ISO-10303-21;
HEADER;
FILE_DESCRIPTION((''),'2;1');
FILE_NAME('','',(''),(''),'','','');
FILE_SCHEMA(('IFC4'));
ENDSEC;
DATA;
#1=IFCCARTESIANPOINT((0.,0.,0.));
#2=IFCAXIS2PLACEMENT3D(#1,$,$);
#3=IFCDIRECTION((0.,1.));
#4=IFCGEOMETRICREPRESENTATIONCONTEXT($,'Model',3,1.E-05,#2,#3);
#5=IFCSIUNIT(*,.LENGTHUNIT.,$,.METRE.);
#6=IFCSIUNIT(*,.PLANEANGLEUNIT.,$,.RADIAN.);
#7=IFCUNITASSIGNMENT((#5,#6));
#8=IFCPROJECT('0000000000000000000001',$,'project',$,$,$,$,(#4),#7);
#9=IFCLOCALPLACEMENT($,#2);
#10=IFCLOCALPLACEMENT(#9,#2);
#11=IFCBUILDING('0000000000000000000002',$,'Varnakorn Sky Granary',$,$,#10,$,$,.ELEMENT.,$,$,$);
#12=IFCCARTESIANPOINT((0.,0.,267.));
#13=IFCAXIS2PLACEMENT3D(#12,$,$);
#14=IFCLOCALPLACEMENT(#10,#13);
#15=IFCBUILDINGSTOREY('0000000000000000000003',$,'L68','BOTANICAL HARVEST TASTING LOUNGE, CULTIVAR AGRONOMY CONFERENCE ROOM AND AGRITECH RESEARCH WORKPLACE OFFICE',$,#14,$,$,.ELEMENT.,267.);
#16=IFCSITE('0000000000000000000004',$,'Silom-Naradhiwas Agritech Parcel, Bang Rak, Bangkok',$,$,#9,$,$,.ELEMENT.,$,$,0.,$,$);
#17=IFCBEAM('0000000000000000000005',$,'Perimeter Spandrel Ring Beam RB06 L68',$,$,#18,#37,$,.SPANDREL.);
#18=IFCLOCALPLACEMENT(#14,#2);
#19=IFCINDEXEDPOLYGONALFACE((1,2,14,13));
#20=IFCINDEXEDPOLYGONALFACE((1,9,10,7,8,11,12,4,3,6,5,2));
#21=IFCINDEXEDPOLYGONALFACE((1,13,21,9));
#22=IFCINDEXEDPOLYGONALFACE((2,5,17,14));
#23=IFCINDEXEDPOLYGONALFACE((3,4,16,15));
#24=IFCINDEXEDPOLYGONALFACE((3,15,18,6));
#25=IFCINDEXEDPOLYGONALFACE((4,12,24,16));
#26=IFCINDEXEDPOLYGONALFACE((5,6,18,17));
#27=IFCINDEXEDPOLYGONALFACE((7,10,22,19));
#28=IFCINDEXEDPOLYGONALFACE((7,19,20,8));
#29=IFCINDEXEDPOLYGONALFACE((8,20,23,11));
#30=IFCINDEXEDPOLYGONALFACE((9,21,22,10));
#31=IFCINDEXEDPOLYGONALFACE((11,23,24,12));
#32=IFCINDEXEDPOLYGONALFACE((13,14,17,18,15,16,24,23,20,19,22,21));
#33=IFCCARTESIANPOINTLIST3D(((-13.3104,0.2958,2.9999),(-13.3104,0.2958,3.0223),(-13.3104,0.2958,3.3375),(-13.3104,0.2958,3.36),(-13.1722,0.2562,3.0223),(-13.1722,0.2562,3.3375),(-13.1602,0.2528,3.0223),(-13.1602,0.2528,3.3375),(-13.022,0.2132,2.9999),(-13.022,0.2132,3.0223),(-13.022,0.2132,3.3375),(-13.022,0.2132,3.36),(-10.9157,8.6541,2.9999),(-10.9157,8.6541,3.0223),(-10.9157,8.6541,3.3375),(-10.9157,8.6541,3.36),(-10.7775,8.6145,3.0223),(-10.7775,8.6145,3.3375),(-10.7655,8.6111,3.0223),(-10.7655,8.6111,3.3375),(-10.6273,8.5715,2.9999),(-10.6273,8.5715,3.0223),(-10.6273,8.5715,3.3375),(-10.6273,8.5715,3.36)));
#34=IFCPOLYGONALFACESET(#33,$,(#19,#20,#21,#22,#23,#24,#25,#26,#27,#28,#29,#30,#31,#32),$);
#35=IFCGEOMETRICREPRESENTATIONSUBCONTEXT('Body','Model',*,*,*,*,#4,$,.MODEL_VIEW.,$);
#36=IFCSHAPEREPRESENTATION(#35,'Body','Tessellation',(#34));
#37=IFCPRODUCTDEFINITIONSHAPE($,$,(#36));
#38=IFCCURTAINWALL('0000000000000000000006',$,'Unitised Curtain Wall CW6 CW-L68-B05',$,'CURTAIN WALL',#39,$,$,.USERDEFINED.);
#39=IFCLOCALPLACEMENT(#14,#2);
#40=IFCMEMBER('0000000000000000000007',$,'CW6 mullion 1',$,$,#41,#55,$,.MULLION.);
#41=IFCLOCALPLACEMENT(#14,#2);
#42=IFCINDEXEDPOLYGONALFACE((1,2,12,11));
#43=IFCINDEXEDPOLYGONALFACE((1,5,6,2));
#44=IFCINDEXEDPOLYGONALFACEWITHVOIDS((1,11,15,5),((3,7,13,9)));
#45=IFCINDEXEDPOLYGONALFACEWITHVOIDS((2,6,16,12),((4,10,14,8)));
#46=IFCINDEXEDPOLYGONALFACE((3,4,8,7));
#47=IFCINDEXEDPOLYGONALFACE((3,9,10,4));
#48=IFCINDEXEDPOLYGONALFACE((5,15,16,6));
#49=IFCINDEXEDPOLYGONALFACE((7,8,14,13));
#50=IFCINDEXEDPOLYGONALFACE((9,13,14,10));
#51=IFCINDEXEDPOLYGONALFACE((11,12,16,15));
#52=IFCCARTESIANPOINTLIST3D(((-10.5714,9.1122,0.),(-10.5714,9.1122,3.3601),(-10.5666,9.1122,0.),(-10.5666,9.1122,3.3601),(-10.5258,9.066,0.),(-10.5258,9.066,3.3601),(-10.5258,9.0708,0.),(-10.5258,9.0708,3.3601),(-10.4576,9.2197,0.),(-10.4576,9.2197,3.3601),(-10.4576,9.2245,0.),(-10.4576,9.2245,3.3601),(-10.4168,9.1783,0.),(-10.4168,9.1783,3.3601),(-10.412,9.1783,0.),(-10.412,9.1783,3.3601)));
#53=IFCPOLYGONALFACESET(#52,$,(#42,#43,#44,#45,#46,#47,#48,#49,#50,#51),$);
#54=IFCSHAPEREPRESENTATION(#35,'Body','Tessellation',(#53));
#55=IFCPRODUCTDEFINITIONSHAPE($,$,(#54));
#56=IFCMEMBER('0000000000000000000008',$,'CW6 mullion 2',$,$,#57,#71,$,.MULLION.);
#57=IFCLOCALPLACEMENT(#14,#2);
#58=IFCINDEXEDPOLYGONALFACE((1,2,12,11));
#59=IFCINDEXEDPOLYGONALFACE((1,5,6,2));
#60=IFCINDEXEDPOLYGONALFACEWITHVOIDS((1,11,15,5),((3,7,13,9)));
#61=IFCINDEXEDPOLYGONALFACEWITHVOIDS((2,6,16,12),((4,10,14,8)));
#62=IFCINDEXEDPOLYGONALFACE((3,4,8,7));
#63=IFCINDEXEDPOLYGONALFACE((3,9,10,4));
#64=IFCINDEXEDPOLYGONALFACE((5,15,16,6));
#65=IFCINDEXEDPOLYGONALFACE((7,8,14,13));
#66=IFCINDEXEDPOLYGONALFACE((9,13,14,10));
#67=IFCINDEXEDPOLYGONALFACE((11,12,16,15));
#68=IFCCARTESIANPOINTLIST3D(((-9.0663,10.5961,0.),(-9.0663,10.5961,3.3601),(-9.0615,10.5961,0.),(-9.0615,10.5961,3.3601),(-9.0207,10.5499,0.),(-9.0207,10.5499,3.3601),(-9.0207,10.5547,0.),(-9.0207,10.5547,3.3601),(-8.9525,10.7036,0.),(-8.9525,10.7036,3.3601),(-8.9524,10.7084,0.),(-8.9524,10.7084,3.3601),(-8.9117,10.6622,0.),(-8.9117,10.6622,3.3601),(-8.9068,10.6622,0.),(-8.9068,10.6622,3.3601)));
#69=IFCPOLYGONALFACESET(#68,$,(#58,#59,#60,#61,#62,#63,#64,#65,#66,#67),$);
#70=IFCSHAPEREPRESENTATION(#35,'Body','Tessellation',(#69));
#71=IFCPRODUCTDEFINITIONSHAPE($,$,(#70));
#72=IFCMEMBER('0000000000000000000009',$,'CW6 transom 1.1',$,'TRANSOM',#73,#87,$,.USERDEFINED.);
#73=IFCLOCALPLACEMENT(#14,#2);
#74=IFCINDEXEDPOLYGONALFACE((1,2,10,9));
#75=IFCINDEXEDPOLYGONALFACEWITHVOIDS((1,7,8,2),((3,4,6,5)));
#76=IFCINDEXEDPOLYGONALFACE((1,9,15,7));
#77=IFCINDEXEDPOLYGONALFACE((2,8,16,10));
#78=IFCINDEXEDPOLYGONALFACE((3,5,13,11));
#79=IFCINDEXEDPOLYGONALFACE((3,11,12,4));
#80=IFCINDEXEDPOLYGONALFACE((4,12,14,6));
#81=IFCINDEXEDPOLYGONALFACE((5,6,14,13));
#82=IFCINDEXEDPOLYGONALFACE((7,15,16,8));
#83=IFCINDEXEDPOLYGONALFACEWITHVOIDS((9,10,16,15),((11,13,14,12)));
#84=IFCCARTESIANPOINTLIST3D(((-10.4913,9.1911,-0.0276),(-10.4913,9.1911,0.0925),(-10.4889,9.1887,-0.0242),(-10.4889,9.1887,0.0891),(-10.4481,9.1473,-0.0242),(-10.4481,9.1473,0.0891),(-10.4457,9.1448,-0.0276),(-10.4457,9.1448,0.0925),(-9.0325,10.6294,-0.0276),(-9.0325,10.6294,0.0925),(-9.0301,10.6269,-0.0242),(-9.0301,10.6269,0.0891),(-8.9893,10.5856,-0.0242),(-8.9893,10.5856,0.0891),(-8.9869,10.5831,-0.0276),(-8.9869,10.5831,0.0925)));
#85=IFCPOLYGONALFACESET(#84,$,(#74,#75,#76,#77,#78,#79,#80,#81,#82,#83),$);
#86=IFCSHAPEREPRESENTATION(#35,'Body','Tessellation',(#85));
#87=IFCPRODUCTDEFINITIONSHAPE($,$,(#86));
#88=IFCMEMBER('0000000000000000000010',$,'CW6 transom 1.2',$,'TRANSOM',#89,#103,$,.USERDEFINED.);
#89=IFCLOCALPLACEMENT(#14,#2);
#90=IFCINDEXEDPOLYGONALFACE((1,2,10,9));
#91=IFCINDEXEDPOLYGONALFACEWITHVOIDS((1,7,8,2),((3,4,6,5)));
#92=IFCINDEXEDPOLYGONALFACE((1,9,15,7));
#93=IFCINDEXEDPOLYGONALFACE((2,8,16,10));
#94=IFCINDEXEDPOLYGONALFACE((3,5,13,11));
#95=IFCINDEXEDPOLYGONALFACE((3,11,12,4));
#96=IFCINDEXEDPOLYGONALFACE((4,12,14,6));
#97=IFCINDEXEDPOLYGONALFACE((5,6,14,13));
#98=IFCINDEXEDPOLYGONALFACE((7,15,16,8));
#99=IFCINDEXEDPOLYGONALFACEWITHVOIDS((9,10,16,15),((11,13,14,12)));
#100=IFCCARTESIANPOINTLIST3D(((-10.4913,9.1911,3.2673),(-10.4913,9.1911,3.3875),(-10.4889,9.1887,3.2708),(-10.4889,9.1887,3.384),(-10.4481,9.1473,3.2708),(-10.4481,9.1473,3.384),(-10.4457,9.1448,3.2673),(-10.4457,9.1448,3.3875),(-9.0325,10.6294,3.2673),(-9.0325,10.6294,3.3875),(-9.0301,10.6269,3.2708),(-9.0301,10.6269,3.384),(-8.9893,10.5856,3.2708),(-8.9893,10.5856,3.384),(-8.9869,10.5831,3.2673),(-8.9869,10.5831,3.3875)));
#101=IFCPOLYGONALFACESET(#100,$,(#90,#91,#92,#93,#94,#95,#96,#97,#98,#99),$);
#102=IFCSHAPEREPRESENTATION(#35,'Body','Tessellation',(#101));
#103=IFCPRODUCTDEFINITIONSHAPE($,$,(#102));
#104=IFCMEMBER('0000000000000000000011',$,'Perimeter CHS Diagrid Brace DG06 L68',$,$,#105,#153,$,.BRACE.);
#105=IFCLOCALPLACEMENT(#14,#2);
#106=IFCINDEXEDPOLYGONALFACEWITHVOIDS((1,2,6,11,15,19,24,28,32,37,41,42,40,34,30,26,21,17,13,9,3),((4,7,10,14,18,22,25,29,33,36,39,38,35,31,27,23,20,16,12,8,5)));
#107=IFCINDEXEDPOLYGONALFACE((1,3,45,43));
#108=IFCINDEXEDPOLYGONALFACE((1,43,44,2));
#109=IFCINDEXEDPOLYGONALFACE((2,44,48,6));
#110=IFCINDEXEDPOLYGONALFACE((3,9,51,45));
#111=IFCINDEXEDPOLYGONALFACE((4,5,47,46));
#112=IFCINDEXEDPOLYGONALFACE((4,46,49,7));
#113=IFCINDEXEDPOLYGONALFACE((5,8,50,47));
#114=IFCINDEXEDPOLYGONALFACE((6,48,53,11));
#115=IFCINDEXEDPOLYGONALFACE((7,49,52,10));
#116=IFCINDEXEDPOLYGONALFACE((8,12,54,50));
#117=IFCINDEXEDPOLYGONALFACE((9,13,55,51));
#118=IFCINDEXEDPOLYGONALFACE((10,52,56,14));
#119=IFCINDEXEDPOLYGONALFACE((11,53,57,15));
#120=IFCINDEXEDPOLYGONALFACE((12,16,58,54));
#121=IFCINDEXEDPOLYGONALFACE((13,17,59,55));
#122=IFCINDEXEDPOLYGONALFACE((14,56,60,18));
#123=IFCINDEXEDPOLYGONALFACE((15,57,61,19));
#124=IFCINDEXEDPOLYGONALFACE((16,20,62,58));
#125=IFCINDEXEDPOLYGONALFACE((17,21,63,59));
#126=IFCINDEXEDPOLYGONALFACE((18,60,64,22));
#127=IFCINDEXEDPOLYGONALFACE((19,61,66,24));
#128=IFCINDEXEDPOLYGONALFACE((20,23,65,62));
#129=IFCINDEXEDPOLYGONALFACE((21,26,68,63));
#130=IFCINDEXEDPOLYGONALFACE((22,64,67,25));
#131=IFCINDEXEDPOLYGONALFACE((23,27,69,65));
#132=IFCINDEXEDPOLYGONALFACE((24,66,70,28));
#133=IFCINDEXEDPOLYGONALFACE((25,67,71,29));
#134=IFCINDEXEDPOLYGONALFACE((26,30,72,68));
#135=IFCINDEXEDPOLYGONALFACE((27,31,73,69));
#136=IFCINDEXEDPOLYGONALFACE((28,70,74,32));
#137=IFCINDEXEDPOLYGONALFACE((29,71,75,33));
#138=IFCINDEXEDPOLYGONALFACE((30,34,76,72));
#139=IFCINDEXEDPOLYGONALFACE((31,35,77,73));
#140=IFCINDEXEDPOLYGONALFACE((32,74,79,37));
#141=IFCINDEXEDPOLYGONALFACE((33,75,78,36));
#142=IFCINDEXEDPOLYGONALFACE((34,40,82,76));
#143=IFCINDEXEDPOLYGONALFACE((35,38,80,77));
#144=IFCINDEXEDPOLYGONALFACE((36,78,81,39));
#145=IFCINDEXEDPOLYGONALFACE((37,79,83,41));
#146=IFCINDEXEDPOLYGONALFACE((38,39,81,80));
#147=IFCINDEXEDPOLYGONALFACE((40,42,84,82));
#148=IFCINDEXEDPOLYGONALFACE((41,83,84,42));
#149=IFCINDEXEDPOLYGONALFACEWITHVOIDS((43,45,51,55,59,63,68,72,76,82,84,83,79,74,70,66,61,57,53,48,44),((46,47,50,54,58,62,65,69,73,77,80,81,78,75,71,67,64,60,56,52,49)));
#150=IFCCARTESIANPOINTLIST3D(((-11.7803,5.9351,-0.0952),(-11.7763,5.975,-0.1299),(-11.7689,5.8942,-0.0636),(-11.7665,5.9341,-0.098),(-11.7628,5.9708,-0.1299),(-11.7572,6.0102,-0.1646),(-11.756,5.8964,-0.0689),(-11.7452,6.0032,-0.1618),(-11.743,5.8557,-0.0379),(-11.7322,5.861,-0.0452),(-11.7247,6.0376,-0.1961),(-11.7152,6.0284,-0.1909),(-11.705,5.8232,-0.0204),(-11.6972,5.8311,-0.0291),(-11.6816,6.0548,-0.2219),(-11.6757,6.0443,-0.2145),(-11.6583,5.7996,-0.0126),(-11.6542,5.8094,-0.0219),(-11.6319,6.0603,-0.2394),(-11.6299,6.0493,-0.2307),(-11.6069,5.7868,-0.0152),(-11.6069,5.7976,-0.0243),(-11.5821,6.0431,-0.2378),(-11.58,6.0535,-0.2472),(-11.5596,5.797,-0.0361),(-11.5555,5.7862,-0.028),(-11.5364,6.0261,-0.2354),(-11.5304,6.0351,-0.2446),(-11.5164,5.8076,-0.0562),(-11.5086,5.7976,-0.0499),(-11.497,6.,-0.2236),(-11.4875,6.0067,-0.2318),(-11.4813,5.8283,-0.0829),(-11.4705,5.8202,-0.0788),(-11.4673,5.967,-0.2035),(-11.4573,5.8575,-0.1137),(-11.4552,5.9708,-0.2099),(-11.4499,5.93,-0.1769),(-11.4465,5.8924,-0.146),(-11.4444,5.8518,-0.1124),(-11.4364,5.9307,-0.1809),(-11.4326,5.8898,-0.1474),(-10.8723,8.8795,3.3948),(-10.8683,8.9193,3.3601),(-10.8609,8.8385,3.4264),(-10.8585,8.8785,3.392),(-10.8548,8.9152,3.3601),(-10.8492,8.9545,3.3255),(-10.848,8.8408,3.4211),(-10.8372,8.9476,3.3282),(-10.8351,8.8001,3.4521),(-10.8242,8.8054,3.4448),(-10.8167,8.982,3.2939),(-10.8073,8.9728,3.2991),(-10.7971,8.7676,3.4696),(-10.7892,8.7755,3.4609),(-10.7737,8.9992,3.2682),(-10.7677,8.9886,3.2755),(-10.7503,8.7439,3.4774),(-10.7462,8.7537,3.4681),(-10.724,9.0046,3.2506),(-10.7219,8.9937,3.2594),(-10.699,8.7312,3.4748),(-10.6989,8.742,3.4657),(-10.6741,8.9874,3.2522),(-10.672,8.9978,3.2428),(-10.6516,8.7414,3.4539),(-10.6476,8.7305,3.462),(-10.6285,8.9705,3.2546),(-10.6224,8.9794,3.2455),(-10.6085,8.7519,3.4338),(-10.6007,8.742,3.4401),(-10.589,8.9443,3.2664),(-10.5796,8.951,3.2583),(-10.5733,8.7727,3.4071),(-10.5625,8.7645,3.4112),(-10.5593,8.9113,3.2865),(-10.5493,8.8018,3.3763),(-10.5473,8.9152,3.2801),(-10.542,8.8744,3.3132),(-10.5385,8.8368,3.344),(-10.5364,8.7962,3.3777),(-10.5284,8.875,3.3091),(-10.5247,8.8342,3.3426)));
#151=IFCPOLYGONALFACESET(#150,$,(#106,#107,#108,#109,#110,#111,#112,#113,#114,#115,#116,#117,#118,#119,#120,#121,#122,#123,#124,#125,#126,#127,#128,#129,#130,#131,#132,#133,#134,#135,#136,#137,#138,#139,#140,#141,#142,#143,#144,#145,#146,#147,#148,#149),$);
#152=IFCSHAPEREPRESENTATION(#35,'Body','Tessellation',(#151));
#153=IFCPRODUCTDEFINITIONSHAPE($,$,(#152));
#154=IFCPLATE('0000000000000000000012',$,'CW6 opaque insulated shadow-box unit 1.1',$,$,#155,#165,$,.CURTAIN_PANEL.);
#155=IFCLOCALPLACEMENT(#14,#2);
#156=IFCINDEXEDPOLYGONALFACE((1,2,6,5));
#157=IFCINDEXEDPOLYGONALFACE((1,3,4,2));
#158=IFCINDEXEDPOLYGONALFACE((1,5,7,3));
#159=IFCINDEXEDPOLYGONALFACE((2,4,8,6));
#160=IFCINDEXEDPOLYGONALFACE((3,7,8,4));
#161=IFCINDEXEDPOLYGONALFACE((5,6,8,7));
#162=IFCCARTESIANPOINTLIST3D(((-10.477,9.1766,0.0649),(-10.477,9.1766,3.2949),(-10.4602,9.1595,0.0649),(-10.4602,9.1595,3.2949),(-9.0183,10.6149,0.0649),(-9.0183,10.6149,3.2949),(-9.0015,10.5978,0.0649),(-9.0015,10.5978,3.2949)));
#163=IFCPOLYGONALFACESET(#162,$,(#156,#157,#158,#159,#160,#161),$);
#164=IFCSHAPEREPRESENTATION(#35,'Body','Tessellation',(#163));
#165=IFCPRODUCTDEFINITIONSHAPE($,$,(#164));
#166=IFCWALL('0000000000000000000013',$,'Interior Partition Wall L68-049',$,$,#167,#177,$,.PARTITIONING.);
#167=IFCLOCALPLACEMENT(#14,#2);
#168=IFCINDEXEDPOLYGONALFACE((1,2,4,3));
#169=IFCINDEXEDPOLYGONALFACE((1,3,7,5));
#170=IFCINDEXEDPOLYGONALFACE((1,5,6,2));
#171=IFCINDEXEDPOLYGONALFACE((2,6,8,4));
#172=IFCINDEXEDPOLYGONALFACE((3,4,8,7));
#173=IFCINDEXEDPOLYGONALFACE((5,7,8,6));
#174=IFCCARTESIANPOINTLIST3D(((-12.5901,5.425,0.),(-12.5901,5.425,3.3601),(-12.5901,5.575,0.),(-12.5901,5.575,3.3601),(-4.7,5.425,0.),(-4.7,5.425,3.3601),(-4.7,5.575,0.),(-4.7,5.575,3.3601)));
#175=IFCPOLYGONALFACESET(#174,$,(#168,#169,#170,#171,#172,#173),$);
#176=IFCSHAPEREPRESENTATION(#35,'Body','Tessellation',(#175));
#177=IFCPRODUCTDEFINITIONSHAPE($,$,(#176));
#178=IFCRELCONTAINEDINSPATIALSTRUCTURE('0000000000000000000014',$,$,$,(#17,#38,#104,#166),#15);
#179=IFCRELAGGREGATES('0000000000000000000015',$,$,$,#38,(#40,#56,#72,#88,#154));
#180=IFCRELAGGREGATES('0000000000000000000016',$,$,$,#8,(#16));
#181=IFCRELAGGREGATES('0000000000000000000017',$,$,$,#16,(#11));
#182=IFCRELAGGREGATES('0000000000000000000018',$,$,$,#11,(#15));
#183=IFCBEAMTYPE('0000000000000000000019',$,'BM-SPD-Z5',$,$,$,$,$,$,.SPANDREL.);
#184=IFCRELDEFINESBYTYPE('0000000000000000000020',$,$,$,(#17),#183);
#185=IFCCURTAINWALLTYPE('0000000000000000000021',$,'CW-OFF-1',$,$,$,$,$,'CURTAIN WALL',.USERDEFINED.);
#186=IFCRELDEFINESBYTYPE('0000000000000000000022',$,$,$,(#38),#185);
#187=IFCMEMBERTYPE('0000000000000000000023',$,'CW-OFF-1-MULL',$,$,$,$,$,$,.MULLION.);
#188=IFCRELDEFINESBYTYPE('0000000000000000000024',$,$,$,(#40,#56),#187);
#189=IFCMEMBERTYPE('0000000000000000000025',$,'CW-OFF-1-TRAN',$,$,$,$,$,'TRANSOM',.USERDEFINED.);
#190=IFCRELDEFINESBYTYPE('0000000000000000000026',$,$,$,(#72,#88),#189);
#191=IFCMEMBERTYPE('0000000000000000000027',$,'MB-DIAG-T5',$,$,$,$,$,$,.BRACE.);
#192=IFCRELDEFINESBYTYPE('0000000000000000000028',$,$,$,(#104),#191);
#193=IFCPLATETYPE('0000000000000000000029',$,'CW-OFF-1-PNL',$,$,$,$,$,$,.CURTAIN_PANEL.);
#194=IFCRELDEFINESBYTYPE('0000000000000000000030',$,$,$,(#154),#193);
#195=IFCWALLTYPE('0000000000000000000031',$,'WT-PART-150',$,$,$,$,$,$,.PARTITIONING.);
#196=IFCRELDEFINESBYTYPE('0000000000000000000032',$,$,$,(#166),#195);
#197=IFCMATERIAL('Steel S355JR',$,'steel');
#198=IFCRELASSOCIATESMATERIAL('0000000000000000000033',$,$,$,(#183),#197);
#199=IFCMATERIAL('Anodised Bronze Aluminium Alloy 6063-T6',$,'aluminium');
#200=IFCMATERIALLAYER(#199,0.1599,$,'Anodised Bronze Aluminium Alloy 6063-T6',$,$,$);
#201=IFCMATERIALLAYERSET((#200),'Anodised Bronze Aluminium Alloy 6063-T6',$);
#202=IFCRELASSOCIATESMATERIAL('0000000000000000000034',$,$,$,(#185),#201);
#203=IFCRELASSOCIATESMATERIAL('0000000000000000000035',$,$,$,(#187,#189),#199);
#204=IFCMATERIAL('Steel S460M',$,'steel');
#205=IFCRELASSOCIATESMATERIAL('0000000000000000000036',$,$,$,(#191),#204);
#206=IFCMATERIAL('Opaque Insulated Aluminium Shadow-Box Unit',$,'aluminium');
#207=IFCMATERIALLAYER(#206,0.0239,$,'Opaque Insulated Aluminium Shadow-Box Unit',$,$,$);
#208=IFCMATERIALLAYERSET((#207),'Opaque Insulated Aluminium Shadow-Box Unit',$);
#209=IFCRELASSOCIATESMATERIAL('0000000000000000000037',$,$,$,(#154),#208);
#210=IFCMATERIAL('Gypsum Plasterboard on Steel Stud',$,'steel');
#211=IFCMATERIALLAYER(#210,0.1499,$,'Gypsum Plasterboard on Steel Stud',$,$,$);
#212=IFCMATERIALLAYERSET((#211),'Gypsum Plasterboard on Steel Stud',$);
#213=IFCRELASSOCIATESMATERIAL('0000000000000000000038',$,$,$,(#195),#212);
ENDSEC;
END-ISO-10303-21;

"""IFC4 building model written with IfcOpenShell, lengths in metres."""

from ifc_helpers import new_model, si_unit, direction, frame, frame_2d, origin, origin_2d, place, context, subcontext, project, spatial, rectangle, hollow_rectangle, hollow_circle, i_section, extrude, source, transform, mapped, material, layer, layer_set, material_profile, profile_set, type_object, type_shapes, element, aggregate, save


model = new_model("IFC4")

# Units and contexts
model_context = context("Model", 3, precision=1e-05, world=origin(), true_north=direction((0.0, 1.0)))
body_context = subcontext(model_context, "Body", "Model", "MODEL_VIEW")
ifc_project = project(units=[si_unit("LENGTHUNIT", "METRE"), si_unit("PLANEANGLEUNIT", "RADIAN")], contexts=[model_context])

# Site, building, storey
site_placement = place(None, origin())
site = spatial("IfcSite", under=ifc_project, at=site_placement, Name="Silom-Naradhiwas Agritech Parcel, Bang Rak, Bangkok", CompositionType="ELEMENT", RefElevation=0.0)
building_placement = place(site_placement, origin())
building = spatial("IfcBuilding", under=site, at=building_placement, Name="Varnakorn Sky Granary", CompositionType="ELEMENT")
storey_placement = place(building_placement, frame((0.0, 0.0, 267.0)))
storey = spatial("IfcBuildingStorey", under=building, at=storey_placement, Name="L68", Description="BOTANICAL HARVEST TASTING LOUNGE, CULTIVAR AGRONOMY CONFERENCE ROOM AND AGRITECH RESEARCH WORKPLACE OFFICE", CompositionType="ELEMENT", Elevation=267.0)

# Shared definitions
ifc_material_1 = material(Name="Steel S460M", Category="steel")

# Beam
ifc_material_2 = material(Name="Steel S355JR", Category="steel")
ifc_material_profile_1 = material_profile(ifc_material_2, i_section(OverallWidth=0.3, OverallDepth=0.3601, WebThickness=0.0125, FlangeThickness=0.0225, at=origin_2d()), Name="HE 360 B")
ifc_profile_set_1 = profile_set([ifc_material_profile_1], Name="Steel S355JR")
beam_type_1 = type_object("IfcBeamType", Name="BM-SPD-Z5", PredefinedType="SPANDREL", material=ifc_profile_set_1)
beam_1_placement = place(storey_placement, frame((-10.7715, 8.6128, 3.1799), z_axis=(-0.275429, -0.961321, 0.0), x_axis=(0.961321, -0.275429, 0.0)))
element("IfcBeam", 1, at=beam_1_placement, inside=storey, type_object=beam_type_1, Name="Perimeter Spandrel Ring Beam RB06 L68", PredefinedType="SPANDREL", context=body_context, shape_type="SweptSolid", body=[
    extrude(i_section(OverallWidth=0.3, OverallDepth=0.3601, WebThickness=0.0125, FlangeThickness=0.0225, at=origin_2d()), origin(), (0.0, 0.0, 1.0), 8.6946),
])

# Curtain wall, members
ifc_material_3 = material(Name="Anodised Bronze Aluminium Alloy 6063-T6", Category="aluminium")
ifc_layer_1 = layer(ifc_material_3, 0.1599, Name="Anodised Bronze Aluminium Alloy 6063-T6")
ifc_layer_set_1 = layer_set([ifc_layer_1], Name="Anodised Bronze Aluminium Alloy 6063-T6")
curtain_wall_type = type_object("IfcCurtainWallType", Name="CW-OFF-1", ElementType="CURTAIN WALL", PredefinedType="USERDEFINED", material=ifc_layer_set_1)
curtain_wall_placement = place(storey_placement, origin())
curtain_wall = element("IfcCurtainWall", 2, at=curtain_wall_placement, inside=storey, type_object=curtain_wall_type, Name="Unitised Curtain Wall CW6 CW-L68-B05", ObjectType="CURTAIN WALL", PredefinedType="USERDEFINED")
ifc_material_profile_2 = material_profile(ifc_material_3, hollow_rectangle(XDim=0.0649, YDim=0.1599, WallThickness=0.0034, at=origin_2d()), Name="ALU MULL 65x160")
ifc_profile_set_2 = profile_set([ifc_material_profile_2], Name="Anodised Bronze Aluminium Alloy 6063-T6")
member_type_1 = type_object("IfcMemberType", Name="CW-OFF-1-MULL", PredefinedType="MULLION", material=ifc_profile_set_2)
member_1_placement = place(storey_placement, frame((-10.4917, 9.1453, 0.0), z_axis=(0.0, 0.0, 1.0), x_axis=(-0.702091, 0.712087, 0.0)))
member_1 = element("IfcMember", 3, at=member_1_placement, type_object=member_type_1, Name="CW6 mullion 1", PredefinedType="MULLION", context=body_context, shape_type="SweptSolid", body=[
    extrude(hollow_rectangle(XDim=0.0649, YDim=0.1599, WallThickness=0.0034, at=origin_2d()), origin(), (0.0, 0.0, 1.0), 3.3601),
])
member_2_placement = place(storey_placement, frame((-8.9866, 10.6292, 0.0), z_axis=(0.0, 0.0, 1.0), x_axis=(-0.702091, 0.712087, 0.0)))
member_2 = element("IfcMember", 4, at=member_2_placement, type_object=member_type_1, Name="CW6 mullion 2", PredefinedType="MULLION", context=body_context, shape_type="SweptSolid", body=[
    extrude(hollow_rectangle(XDim=0.0649, YDim=0.1599, WallThickness=0.0034, at=origin_2d()), origin(), (0.0, 0.0, 1.0), 3.3601),
])
ifc_material_profile_3 = material_profile(ifc_material_3, hollow_rectangle(XDim=0.0649, YDim=0.1201, WallThickness=0.0034, at=origin_2d()), Name="ALU TRAN 65x120")
ifc_profile_set_3 = profile_set([ifc_material_profile_3], Name="Anodised Bronze Aluminium Alloy 6063-T6")
member_type_2 = type_object("IfcMemberType", Name="CW-OFF-1-TRAN", ElementType="TRANSOM", PredefinedType="USERDEFINED", material=ifc_profile_set_3)
member_3_placement = place(storey_placement, frame((-10.4685, 9.168, 0.0325), z_axis=(0.712095, 0.702084, 0.0), x_axis=(-0.702084, 0.712095, 0.0)))
member_3 = element("IfcMember", 5, at=member_3_placement, type_object=member_type_2, Name="CW6 transom 1.1", ObjectType="TRANSOM", PredefinedType="USERDEFINED", context=body_context, shape_type="SweptSolid", body=[
    extrude(hollow_rectangle(XDim=0.0649, YDim=0.1201, WallThickness=0.0034, at=origin_2d()), origin(), (0.0, 0.0, 1.0), 2.0486),
])
member_4_placement = place(storey_placement, frame((-10.4685, 9.168, 3.3274), z_axis=(0.712095, 0.702084, 0.0), x_axis=(-0.702084, 0.712095, 0.0)))
member_4 = element("IfcMember", 6, at=member_4_placement, type_object=member_type_2, Name="CW6 transom 1.2", ObjectType="TRANSOM", PredefinedType="USERDEFINED", context=body_context, shape_type="SweptSolid", body=[
    extrude(hollow_rectangle(XDim=0.0649, YDim=0.1201, WallThickness=0.0034, at=origin_2d()), origin(), (0.0, 0.0, 1.0), 2.0486),
])

# Member
ifc_material_profile_4 = material_profile(ifc_material_1, hollow_circle(Radius=0.1777, WallThickness=0.0142, at=origin_2d()), Name="CHS 355.6x14")
ifc_profile_set_4 = profile_set([ifc_material_profile_4], Name="Steel S460M")
member_type_3 = type_object("IfcMemberType", Name="MB-DIAG-T5", PredefinedType="BRACE", material=ifc_profile_set_4)
member_5_placement = place(storey_placement, frame((-11.6064, 5.9226, -0.1299), z_axis=(0.19503, 0.632445, 0.749651), x_axis=(-0.955596, 0.294682, 0.0)))
element("IfcMember", 7, at=member_5_placement, inside=storey, type_object=member_type_3, Name="Perimeter CHS Diagrid Brace DG06 L68", PredefinedType="BRACE", context=body_context, shape_type="SweptSolid", body=[
    extrude(hollow_circle(Radius=0.1777, WallThickness=0.0142, at=origin_2d()), origin(), (0.0, 0.0, 1.0), 4.6555),
])

# Plate
ifc_material_4 = material(Name="Opaque Insulated Aluminium Shadow-Box Unit", Category="aluminium")
ifc_layer_2 = layer(ifc_material_4, 0.0239, Name="Opaque Insulated Aluminium Shadow-Box Unit")
ifc_layer_set_2 = layer_set([ifc_layer_2], Name="Opaque Insulated Aluminium Shadow-Box Unit")
plate_type = type_object("IfcPlateType", Name="CW-OFF-1-PNL", PredefinedType="CURTAIN_PANEL")
shared_shape_1 = source(origin(), body_context, "Body", "SweptSolid", [
    extrude(rectangle(XDim=2.0486, YDim=0.0239, at=origin_2d()), origin(), (0.0, 0.0, 1.0), 3.23),
])
type_shapes(plate_type, [shared_shape_1])
plate_placement = place(storey_placement, frame((-9.7393, 9.8872, 0.0649), z_axis=(0.0, 0.0, 1.0), x_axis=(0.712087, 0.702091, 0.0)))
plate = element("IfcPlate", 8, at=plate_placement, type_object=plate_type, material=ifc_layer_set_2, Name="CW6 opaque insulated shadow-box unit 1.1", PredefinedType="CURTAIN_PANEL", context=body_context, shape_type="MappedRepresentation", body=[
    mapped(shared_shape_1, transform((0.0, 0.0, 0.0), x_axis=(1.0, 0.0, 0.0), y_axis=(0.0, 1.0, 0.0), z_axis=(0.0, 0.0, 1.0), scale=1.0)),
])
aggregate(curtain_wall, [member_1, member_2, member_3, member_4, plate])

# Wall
ifc_material_5 = material(Name="Gypsum Plasterboard on Steel Stud", Category="steel")
ifc_layer_3 = layer(ifc_material_5, 0.1499, Name="Gypsum Plasterboard on Steel Stud")
ifc_layer_set_3 = layer_set([ifc_layer_3], Name="Gypsum Plasterboard on Steel Stud")
wall_type_1 = type_object("IfcWallType", Name="WT-PART-150", PredefinedType="PARTITIONING", material=ifc_layer_set_3)
wall_1_placement = place(storey_placement, frame((-12.5901, 5.5, 0.0), z_axis=(0.0, 0.0, 1.0), x_axis=(1.0, 0.0, 0.0)))
element("IfcWall", 9, at=wall_1_placement, inside=storey, type_object=wall_type_1, Name="Interior Partition Wall L68-049", PredefinedType="PARTITIONING", context=body_context, shape_type="SweptSolid", body=[
    extrude(rectangle(XDim=7.8901, YDim=0.1499, at=frame_2d((3.9451, 0.0))), origin(), (0.0, 0.0, 1.0), 3.3601),
])

save(model, "model.ifc")
